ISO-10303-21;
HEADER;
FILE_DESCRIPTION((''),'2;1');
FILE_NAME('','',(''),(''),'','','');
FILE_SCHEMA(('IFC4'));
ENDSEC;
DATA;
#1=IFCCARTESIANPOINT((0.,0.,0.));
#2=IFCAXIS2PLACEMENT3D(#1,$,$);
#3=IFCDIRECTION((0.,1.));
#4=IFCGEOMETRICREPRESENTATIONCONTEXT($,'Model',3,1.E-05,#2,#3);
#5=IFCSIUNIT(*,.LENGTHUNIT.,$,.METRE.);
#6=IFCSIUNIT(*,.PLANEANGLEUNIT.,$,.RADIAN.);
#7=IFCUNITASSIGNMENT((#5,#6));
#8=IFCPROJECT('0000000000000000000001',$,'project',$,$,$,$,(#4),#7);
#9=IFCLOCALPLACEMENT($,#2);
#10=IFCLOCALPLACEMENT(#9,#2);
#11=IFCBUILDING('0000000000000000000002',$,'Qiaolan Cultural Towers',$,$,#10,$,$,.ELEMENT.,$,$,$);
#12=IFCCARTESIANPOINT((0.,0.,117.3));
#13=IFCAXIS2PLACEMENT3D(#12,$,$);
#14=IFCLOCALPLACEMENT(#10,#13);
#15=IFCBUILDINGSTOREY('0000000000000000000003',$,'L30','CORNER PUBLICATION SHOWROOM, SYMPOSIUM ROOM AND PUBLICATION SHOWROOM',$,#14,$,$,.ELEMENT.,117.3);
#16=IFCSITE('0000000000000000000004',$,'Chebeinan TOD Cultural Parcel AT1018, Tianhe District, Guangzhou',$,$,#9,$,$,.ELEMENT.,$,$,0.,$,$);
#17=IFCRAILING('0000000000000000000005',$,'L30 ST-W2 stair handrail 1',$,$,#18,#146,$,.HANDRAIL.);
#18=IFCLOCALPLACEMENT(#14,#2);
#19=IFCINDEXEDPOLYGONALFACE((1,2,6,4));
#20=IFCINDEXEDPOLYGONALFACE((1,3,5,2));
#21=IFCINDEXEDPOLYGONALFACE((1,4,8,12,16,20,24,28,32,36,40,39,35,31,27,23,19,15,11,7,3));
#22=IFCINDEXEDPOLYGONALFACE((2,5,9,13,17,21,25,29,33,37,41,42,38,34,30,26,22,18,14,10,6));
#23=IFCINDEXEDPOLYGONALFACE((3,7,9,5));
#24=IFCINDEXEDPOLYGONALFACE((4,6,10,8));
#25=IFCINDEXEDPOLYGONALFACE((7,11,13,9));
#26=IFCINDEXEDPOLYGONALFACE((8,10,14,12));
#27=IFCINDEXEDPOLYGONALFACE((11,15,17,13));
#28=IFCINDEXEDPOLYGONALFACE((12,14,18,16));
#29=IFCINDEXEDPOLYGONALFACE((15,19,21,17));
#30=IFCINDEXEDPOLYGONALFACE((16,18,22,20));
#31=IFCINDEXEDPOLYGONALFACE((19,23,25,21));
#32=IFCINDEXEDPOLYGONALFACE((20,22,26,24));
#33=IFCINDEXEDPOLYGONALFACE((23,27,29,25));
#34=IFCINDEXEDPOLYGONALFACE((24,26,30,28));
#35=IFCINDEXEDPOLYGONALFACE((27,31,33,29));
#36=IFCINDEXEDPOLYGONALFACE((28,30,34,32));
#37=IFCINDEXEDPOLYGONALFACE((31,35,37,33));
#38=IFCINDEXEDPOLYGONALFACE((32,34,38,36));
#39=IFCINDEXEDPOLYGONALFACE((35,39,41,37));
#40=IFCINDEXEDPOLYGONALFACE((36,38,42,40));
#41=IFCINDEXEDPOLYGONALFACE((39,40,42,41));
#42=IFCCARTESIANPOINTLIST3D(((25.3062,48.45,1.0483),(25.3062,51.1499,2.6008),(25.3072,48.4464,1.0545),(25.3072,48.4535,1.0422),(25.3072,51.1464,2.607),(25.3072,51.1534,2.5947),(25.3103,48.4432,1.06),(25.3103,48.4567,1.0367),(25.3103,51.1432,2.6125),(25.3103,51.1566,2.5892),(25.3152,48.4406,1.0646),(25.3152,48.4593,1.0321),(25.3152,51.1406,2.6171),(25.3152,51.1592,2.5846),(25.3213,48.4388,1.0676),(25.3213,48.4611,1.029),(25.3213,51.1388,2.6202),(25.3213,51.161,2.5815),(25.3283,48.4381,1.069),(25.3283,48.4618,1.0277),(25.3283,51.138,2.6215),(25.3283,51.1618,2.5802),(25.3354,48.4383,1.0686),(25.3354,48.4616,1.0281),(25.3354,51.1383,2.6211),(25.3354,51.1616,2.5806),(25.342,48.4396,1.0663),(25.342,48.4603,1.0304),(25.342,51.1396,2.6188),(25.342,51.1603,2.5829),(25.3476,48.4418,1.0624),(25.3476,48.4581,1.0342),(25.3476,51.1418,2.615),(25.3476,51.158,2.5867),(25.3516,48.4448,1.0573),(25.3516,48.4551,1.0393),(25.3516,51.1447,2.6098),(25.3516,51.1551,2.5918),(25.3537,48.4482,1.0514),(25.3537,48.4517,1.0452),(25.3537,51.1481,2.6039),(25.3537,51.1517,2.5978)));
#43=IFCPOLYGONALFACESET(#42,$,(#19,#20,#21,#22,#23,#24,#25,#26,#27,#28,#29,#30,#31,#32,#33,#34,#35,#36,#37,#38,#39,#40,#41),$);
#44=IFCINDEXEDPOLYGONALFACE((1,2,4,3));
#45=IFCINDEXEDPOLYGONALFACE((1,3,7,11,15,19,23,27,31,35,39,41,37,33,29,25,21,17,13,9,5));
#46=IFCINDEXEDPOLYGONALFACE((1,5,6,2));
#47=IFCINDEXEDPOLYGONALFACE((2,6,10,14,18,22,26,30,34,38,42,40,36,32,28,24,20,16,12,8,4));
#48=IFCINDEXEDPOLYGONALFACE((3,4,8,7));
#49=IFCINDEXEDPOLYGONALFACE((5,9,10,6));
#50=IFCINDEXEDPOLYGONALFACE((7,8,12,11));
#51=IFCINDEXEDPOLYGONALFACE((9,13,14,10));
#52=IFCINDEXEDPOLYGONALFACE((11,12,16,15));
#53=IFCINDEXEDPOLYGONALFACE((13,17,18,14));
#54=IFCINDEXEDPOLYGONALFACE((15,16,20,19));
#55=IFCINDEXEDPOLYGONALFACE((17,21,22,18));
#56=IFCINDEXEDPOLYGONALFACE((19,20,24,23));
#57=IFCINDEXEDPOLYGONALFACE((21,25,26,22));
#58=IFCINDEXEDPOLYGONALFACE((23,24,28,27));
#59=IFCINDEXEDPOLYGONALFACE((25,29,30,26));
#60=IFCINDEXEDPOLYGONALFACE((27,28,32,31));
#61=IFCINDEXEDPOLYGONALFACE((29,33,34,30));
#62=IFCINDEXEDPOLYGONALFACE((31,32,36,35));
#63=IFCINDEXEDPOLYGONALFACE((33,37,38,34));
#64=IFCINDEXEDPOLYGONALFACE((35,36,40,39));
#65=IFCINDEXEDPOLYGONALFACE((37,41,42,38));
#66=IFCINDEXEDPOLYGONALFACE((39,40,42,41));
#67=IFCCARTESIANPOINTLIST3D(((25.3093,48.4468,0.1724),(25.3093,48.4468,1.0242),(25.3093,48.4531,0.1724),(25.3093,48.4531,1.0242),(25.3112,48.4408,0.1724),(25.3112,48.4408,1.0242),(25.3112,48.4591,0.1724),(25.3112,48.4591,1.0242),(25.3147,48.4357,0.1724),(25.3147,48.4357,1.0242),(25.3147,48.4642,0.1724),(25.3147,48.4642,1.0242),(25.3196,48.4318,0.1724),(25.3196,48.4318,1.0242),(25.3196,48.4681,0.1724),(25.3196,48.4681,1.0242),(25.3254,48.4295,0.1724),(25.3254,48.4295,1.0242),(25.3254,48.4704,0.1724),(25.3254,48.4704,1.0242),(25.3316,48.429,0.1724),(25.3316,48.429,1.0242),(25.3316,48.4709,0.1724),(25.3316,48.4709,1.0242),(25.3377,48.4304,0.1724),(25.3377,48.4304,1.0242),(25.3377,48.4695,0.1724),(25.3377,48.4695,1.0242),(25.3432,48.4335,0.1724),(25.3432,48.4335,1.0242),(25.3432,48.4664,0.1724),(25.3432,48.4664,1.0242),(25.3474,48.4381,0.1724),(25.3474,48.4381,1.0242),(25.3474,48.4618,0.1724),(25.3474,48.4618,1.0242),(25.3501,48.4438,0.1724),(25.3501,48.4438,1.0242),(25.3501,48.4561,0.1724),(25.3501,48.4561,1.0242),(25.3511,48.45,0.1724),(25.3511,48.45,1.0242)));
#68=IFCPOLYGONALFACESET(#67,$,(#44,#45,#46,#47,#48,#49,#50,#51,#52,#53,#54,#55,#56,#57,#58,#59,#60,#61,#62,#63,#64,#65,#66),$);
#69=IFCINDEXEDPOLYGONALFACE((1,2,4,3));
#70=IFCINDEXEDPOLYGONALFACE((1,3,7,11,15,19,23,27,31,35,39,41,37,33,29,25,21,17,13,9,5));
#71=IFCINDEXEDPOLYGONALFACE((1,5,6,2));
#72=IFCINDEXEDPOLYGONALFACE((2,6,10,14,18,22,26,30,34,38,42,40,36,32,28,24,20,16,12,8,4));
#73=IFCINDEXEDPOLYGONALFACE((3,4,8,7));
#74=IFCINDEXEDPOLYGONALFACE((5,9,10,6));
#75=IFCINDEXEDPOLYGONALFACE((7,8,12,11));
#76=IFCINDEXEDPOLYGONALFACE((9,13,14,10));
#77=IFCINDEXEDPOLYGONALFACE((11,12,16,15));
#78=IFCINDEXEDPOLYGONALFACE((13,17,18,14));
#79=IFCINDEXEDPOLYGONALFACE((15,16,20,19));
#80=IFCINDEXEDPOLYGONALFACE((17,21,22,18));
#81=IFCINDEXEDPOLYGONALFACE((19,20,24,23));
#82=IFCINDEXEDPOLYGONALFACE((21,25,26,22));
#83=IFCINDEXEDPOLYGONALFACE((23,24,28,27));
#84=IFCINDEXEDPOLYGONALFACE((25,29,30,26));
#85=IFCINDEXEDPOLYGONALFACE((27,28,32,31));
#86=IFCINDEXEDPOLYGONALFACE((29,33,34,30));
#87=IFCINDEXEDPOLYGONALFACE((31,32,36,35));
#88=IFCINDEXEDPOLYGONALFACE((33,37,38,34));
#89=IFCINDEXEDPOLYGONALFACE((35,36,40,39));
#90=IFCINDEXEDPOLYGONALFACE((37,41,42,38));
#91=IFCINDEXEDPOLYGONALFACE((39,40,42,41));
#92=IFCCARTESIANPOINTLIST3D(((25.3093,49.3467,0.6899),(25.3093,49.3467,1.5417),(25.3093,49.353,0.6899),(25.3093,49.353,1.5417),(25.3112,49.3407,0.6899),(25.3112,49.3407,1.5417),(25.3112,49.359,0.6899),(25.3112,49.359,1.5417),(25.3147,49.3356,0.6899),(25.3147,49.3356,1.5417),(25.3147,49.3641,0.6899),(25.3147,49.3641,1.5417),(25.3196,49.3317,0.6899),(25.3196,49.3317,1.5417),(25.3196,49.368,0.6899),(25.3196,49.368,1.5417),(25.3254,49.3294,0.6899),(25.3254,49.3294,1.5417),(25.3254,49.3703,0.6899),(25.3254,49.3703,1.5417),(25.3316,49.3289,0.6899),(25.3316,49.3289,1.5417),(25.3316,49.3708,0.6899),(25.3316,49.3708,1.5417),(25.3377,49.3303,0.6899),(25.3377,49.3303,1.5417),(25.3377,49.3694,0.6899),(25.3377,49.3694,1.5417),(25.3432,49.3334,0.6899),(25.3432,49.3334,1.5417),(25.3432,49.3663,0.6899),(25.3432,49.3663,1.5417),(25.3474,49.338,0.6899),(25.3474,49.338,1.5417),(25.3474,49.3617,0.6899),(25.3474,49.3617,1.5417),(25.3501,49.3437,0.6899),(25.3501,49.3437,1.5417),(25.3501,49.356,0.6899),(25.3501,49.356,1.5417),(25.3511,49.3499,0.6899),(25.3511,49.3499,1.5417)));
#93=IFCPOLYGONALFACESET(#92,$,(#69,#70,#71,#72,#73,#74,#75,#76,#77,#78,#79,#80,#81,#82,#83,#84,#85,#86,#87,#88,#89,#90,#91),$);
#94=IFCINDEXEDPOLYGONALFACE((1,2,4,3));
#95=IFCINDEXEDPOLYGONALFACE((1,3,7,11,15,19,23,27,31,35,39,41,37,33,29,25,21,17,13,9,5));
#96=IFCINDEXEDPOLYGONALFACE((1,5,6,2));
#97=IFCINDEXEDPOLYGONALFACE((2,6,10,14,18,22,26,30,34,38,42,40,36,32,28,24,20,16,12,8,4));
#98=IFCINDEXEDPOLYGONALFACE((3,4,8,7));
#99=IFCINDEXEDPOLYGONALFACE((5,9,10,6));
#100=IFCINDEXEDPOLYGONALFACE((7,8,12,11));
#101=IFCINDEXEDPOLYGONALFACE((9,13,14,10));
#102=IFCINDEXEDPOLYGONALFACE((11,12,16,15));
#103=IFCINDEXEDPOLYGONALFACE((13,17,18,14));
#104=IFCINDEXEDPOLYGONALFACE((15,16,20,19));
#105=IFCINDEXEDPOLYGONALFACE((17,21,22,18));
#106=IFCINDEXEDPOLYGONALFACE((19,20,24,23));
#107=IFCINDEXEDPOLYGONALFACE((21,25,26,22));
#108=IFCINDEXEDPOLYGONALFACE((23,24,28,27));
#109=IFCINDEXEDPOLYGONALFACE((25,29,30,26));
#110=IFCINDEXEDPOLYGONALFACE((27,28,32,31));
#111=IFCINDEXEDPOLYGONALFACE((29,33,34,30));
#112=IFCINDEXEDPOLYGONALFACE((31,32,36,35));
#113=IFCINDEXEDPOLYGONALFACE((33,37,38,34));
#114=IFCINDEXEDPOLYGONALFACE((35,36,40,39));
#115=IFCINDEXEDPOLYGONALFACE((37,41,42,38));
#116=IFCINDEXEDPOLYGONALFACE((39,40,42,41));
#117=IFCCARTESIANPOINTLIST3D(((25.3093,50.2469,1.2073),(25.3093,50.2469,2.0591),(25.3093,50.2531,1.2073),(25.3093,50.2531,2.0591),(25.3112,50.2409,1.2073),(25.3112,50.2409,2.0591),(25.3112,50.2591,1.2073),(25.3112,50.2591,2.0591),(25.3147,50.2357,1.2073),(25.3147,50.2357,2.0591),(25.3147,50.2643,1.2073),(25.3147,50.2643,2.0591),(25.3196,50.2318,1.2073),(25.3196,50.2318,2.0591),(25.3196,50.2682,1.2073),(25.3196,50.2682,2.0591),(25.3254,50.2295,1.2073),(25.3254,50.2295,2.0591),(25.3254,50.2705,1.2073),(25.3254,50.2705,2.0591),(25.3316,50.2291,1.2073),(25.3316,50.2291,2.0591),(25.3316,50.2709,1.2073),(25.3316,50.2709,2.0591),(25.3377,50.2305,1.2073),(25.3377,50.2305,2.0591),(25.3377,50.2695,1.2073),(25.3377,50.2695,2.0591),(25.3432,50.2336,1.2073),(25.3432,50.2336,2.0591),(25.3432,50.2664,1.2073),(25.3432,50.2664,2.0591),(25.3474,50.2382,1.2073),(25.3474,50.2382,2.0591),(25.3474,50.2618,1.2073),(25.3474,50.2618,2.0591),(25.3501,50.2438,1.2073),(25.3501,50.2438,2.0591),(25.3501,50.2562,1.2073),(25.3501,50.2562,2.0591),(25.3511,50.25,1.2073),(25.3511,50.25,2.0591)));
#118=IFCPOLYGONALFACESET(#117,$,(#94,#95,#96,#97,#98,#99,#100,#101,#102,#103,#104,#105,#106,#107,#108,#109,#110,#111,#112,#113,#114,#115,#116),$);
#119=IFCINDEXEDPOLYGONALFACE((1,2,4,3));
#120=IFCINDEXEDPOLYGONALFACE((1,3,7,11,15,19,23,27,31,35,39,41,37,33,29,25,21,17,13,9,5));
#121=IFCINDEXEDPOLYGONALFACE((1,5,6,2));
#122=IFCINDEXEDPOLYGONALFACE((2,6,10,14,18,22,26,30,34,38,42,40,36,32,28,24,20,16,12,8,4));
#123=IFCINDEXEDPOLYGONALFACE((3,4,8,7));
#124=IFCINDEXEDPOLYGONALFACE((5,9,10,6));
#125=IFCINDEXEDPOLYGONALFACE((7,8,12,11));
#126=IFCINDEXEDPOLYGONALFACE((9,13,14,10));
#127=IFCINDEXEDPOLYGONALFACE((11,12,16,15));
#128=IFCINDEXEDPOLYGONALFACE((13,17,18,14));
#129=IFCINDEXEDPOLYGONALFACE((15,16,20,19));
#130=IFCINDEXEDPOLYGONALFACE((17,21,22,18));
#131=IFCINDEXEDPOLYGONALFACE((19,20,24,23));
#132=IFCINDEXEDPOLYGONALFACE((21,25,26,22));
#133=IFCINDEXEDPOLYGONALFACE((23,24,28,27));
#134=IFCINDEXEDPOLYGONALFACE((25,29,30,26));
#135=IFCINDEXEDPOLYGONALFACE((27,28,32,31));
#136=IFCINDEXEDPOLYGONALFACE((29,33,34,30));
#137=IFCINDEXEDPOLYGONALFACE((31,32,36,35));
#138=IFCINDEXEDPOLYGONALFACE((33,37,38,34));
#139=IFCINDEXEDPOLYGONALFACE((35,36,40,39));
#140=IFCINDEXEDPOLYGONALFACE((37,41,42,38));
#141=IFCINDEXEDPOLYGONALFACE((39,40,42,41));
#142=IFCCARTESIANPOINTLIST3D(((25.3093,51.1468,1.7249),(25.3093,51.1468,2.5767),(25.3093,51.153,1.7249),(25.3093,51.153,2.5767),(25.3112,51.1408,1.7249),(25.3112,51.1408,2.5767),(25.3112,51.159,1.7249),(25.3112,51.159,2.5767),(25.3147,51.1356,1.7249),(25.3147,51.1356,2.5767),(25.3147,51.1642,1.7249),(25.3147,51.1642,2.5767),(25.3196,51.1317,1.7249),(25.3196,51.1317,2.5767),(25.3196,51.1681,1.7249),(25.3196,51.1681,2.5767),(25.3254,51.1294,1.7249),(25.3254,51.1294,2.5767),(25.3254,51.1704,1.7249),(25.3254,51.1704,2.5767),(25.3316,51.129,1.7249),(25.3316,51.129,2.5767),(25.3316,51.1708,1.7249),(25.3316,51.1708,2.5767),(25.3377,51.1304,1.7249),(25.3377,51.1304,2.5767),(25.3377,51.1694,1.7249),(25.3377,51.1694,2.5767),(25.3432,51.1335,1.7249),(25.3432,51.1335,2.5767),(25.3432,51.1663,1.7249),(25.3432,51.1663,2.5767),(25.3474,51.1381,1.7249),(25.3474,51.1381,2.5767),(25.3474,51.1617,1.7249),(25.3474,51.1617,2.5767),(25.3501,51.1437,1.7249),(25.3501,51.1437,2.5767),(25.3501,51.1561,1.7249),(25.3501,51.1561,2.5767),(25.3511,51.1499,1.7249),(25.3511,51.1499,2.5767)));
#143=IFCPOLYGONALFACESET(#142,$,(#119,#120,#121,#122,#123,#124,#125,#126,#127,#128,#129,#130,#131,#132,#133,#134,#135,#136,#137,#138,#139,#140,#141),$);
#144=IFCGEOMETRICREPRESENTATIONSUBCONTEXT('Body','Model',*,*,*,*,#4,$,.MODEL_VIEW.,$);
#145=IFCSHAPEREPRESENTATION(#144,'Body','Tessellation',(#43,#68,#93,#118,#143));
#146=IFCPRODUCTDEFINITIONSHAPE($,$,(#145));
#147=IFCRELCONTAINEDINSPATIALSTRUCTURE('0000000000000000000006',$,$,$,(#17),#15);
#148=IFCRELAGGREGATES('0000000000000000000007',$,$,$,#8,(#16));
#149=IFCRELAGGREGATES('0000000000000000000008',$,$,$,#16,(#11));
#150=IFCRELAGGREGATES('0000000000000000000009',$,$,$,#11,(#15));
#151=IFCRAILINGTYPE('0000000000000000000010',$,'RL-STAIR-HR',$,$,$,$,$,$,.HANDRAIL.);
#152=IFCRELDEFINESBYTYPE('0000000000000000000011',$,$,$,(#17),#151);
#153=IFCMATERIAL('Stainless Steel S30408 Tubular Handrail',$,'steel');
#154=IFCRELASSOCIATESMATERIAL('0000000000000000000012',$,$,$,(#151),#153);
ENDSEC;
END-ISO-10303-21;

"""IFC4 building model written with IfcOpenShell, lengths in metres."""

from ifc_helpers import new_model, si_unit, direction, frame, origin, origin_2d, place, context, subcontext, project, spatial, circle, extrude, material, type_object, element, save


model = new_model("IFC4")

# Units and contexts
model_context = context("Model", 3, precision=1e-05, world=origin(), true_north=direction((0.0, 1.0)))
body_context = subcontext(model_context, "Body", "Model", "MODEL_VIEW")
ifc_project = project(units=[si_unit("LENGTHUNIT", "METRE"), si_unit("PLANEANGLEUNIT", "RADIAN")], contexts=[model_context])

# Site, building, storey
site_placement = place(None, origin())
site = spatial("IfcSite", under=ifc_project, at=site_placement, Name="Chebeinan TOD Cultural Parcel AT1018, Tianhe District, Guangzhou", CompositionType="ELEMENT", RefElevation=0.0)
building_placement = place(site_placement, origin())
building = spatial("IfcBuilding", under=site, at=building_placement, Name="Qiaolan Cultural Towers", CompositionType="ELEMENT")
storey_placement = place(building_placement, frame((0.0, 0.0, 117.3)))
storey = spatial("IfcBuildingStorey", under=building, at=storey_placement, Name="L30", Description="CORNER PUBLICATION SHOWROOM, SYMPOSIUM ROOM AND PUBLICATION SHOWROOM", CompositionType="ELEMENT", Elevation=117.3)

# Railing
ifc_material_1 = material(Name="Stainless Steel S30408 Tubular Handrail", Category="steel")
railing_type = type_object("IfcRailingType", Name="RL-STAIR-HR", PredefinedType="HANDRAIL", material=ifc_material_1)
railing_placement = place(storey_placement, frame((25.3301, 48.45, 0.1724)))
element("IfcRailing", 1, at=railing_placement, inside=storey, type_object=railing_type, Name="L30 ST-W2 stair handrail 1", PredefinedType="HANDRAIL", context=body_context, shape_type="SweptSolid", body=[
    extrude(circle(Radius=0.0239, at=origin_2d()), frame((0.0, 0.0, 0.876), z_axis=(0.0, 0.866904, 0.498476), x_axis=(-1.0, 0.0, 0.0)), (0.0, 0.0, 1.0), 3.1145),
    extrude(circle(Radius=0.021, at=origin_2d()), origin(), (0.0, 0.0, 1.0), 0.8518),
    extrude(circle(Radius=0.021, at=origin_2d()), frame((0.0, 0.8999, 0.5176)), (0.0, 0.0, 1.0), 0.8518),
    extrude(circle(Radius=0.021, at=origin_2d()), frame((0.0, 1.8, 1.0349)), (0.0, 0.0, 1.0), 0.8518),
    extrude(circle(Radius=0.021, at=origin_2d()), frame((0.0, 2.7, 1.5525)), (0.0, 0.0, 1.0), 0.8518),
])

save(model, "model.ifc")
